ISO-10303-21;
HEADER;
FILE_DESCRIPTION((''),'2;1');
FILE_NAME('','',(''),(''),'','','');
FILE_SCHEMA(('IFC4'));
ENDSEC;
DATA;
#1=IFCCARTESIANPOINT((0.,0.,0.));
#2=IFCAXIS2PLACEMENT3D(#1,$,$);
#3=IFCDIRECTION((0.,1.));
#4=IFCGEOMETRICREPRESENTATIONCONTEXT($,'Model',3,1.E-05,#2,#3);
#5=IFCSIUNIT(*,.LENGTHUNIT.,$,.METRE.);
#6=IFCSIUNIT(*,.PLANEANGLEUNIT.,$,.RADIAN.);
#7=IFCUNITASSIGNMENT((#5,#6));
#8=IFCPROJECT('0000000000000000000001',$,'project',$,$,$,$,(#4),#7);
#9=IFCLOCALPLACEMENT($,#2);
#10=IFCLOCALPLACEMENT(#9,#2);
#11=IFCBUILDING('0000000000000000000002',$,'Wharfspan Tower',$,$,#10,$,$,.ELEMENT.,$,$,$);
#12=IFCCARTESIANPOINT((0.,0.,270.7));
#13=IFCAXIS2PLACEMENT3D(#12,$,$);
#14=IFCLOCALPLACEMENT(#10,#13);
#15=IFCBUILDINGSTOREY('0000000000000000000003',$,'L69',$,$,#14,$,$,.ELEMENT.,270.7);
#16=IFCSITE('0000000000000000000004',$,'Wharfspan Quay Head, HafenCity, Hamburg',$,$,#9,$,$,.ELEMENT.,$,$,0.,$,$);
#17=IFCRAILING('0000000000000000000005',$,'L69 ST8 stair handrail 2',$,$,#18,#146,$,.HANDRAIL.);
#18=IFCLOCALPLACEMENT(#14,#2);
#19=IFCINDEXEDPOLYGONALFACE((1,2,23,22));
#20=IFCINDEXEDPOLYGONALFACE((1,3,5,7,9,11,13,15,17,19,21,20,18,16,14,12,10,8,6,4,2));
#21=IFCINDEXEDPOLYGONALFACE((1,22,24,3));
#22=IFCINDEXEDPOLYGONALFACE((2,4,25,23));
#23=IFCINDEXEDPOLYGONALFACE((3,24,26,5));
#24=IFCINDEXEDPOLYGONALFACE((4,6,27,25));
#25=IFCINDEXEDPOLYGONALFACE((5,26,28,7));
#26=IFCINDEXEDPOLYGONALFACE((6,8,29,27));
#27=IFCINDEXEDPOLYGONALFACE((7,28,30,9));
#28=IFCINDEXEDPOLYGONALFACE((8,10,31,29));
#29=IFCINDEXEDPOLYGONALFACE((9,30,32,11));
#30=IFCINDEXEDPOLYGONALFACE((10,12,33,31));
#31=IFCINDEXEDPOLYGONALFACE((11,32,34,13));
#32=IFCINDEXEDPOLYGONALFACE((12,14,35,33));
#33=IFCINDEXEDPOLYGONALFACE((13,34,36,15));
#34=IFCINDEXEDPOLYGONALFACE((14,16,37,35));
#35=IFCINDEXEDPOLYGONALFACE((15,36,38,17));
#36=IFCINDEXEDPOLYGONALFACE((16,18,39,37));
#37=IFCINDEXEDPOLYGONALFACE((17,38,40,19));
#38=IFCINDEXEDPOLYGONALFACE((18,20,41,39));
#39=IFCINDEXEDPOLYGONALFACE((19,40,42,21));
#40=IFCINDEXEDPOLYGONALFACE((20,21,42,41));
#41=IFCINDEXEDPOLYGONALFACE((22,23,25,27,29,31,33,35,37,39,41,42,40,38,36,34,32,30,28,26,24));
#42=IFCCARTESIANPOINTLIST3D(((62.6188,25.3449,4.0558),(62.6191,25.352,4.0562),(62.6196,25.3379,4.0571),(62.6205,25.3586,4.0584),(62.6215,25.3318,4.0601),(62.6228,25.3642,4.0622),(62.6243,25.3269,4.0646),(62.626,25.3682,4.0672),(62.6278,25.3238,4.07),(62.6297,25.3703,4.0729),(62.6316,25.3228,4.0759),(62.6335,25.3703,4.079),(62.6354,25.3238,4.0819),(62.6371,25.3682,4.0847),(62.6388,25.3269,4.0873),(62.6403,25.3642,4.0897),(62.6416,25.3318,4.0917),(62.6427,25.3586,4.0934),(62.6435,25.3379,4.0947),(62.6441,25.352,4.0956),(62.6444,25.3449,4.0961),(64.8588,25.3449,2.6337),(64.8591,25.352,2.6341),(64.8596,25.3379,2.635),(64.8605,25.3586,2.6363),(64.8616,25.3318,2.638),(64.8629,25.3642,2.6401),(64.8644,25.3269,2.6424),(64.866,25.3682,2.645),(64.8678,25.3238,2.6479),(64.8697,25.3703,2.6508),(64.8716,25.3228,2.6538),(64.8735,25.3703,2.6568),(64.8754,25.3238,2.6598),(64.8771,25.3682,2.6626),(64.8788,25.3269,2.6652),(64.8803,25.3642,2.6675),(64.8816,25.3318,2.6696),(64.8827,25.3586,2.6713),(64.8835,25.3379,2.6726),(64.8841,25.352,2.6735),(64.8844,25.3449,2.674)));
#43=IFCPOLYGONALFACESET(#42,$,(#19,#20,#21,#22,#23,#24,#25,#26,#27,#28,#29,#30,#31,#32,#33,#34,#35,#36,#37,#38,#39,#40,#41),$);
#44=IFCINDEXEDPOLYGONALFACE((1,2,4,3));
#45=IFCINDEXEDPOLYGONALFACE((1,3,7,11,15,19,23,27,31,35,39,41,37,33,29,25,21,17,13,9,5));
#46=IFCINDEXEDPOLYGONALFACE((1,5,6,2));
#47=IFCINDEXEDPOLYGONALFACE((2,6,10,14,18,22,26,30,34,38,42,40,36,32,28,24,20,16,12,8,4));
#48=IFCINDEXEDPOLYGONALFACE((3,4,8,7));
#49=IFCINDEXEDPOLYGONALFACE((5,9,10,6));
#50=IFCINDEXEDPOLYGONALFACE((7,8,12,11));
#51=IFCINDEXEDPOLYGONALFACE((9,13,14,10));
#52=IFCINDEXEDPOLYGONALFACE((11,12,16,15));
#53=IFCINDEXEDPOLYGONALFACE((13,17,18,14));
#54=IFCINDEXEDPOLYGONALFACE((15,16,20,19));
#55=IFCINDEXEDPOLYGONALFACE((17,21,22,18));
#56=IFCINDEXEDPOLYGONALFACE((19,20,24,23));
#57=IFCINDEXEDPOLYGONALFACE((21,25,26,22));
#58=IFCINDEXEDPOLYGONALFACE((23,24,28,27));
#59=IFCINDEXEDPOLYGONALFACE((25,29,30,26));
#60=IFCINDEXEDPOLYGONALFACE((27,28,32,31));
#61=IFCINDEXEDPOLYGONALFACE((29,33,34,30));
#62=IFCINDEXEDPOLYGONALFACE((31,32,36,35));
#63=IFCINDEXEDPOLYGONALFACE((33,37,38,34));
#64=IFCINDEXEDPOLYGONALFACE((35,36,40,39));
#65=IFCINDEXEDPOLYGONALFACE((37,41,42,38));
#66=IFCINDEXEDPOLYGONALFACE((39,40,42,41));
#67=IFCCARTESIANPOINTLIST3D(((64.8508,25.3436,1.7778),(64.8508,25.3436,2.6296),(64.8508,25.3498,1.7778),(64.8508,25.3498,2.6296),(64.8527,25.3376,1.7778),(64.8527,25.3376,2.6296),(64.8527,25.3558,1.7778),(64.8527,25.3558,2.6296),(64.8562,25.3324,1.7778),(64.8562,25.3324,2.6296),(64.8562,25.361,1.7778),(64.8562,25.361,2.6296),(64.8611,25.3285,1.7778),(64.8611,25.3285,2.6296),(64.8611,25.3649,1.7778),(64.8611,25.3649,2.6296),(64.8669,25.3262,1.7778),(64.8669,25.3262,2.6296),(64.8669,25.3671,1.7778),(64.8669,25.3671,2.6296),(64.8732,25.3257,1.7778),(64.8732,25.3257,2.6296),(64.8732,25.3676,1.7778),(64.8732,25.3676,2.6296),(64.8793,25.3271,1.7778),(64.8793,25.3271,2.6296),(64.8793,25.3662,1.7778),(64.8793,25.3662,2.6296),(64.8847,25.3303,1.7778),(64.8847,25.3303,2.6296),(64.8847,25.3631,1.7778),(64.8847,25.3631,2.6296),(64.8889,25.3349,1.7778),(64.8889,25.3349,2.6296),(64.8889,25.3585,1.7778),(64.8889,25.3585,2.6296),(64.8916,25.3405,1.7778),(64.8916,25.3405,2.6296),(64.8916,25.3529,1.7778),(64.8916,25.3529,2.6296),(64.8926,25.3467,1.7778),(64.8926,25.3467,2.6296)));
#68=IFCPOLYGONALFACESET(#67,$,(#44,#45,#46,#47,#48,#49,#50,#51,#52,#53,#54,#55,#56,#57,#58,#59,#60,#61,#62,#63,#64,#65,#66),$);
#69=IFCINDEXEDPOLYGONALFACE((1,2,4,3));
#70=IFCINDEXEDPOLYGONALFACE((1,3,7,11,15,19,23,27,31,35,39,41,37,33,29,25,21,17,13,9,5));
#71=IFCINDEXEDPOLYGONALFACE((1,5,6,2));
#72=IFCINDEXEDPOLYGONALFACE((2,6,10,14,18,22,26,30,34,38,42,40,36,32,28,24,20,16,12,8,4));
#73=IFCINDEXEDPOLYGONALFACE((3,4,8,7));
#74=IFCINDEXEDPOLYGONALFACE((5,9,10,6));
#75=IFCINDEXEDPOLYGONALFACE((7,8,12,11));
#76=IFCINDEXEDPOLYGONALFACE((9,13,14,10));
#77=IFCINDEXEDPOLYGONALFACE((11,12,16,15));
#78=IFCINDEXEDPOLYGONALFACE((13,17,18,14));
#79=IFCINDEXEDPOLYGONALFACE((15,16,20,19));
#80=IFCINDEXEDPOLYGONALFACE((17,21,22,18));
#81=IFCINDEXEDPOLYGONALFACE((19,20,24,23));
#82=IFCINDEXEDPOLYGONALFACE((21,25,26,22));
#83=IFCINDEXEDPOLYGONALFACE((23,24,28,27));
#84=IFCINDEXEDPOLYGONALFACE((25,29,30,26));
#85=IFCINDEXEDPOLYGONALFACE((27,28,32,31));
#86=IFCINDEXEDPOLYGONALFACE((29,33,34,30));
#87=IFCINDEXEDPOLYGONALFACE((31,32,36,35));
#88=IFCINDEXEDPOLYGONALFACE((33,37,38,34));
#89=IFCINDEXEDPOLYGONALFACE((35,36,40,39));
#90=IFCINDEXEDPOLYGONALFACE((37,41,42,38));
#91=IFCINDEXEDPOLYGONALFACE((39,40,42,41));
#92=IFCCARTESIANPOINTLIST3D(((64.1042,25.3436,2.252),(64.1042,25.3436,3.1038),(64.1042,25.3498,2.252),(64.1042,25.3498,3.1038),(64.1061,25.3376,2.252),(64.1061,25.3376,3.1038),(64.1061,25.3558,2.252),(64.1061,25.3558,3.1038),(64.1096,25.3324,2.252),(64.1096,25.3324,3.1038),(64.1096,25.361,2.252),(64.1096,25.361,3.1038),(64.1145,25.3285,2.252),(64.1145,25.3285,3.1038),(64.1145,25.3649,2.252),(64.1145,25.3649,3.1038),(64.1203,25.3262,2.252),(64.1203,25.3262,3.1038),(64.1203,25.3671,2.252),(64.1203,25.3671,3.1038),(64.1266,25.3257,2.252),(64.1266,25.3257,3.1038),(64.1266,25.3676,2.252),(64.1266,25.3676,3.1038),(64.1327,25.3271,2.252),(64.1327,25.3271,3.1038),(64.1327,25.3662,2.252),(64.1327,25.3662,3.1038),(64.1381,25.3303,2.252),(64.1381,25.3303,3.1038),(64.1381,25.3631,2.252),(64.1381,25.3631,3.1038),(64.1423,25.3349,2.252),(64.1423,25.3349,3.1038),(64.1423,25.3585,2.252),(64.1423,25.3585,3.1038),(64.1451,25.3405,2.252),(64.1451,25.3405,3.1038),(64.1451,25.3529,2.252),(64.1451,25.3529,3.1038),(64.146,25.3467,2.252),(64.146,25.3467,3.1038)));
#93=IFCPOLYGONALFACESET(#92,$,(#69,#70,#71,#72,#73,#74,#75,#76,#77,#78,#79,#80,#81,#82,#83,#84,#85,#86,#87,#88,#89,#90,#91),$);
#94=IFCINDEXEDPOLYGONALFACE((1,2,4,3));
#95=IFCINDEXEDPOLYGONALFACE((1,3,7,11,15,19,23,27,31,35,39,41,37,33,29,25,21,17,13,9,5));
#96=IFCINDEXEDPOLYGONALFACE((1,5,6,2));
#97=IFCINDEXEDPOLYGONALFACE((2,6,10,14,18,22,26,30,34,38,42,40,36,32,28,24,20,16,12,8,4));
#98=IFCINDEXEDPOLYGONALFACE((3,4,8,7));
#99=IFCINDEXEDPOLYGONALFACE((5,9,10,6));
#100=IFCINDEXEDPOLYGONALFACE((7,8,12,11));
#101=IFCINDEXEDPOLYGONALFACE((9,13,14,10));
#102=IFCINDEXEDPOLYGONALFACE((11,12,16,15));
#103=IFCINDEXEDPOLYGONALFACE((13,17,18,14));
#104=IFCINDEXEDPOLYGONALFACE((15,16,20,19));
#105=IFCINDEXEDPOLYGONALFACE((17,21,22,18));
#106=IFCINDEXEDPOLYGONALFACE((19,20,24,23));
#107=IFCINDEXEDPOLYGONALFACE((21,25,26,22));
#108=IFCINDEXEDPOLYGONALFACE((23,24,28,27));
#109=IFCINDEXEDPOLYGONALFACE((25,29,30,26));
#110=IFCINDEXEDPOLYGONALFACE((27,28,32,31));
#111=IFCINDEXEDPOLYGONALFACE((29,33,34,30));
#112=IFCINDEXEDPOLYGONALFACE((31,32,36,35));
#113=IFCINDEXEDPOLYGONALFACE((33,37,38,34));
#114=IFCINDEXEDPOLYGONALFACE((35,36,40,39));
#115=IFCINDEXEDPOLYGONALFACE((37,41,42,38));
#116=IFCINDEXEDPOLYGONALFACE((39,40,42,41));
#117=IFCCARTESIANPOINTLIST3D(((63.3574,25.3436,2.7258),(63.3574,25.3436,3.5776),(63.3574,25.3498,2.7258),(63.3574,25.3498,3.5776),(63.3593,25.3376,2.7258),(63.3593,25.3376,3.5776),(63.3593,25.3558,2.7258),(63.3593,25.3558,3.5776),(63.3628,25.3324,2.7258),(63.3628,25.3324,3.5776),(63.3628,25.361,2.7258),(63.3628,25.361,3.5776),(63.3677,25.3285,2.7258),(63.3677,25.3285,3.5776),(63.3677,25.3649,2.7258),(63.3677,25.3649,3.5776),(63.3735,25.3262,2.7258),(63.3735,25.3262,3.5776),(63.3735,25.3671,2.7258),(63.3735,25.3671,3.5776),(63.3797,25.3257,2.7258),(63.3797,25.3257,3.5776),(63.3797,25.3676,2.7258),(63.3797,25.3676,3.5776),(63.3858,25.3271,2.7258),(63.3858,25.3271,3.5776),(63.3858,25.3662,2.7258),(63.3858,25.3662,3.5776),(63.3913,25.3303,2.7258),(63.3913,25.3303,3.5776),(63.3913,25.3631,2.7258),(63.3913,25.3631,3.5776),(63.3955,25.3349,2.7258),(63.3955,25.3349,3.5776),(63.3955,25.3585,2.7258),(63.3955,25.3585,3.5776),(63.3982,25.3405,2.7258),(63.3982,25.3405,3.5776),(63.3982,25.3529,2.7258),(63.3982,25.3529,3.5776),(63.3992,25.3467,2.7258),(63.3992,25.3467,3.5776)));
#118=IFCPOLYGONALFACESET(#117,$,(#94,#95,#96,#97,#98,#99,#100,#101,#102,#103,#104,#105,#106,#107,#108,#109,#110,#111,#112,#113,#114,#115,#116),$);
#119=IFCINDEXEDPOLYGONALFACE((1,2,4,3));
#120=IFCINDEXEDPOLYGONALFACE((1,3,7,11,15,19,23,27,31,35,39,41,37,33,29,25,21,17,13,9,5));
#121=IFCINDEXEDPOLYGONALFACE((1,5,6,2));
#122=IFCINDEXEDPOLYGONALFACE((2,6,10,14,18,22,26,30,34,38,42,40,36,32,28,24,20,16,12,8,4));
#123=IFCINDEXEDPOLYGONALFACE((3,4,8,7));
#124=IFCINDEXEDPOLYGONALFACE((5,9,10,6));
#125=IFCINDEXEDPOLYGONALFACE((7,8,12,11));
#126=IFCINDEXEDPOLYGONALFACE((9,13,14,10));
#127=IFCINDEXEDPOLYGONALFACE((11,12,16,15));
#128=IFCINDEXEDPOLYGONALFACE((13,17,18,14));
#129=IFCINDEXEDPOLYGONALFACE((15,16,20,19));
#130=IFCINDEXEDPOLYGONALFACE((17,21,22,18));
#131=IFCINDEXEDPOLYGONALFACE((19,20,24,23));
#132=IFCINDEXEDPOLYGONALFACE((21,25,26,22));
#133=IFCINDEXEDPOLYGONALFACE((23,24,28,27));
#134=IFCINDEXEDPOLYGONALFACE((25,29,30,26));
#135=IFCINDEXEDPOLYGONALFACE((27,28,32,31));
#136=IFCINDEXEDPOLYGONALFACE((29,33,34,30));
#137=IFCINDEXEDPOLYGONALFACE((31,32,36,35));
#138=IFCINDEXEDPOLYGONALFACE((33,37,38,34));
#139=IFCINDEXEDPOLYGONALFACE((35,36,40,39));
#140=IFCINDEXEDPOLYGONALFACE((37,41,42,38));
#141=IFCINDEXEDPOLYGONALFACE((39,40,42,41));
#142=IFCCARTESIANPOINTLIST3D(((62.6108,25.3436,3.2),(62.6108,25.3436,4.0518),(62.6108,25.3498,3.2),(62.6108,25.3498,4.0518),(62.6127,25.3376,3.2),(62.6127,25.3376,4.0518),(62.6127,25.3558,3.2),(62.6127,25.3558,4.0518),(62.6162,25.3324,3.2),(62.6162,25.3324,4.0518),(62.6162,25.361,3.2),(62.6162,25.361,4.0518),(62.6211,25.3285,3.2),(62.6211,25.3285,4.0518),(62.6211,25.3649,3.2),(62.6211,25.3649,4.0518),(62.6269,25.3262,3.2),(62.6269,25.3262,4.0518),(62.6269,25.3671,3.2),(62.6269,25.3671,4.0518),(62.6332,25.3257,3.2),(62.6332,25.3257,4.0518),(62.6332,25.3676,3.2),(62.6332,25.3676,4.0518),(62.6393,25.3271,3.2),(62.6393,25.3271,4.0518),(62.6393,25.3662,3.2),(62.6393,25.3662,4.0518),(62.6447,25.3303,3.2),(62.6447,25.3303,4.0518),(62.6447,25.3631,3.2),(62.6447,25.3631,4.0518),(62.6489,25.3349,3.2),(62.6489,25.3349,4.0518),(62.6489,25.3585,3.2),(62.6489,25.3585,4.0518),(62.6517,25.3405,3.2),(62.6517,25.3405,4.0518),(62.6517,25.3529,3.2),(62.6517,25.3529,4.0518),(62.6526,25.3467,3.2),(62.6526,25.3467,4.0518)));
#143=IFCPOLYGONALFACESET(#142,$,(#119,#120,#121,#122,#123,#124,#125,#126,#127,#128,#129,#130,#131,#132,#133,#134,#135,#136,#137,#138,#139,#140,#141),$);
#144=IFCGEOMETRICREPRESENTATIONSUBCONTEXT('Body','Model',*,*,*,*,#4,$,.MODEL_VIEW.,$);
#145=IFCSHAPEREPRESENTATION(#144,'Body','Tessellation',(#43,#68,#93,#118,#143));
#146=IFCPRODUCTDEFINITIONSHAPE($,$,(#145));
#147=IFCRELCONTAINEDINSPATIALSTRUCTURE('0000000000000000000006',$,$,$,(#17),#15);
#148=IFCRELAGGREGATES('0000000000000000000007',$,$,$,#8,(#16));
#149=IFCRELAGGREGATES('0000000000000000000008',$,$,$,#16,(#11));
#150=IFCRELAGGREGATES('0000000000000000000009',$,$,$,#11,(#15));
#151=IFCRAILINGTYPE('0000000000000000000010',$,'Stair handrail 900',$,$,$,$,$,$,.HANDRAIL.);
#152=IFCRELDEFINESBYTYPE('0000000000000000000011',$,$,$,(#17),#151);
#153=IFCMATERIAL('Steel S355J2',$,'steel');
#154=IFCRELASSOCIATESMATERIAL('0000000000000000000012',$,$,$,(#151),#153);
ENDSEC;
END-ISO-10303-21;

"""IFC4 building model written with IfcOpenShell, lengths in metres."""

from ifc_helpers import new_model, si_unit, direction, frame, origin, origin_2d, place, context, subcontext, project, spatial, circle, extrude, material, type_object, element, save


model = new_model("IFC4")

# Units and contexts
model_context = context("Model", 3, precision=1e-05, world=origin(), true_north=direction((0.0, 1.0)))
body_context = subcontext(model_context, "Body", "Model", "MODEL_VIEW")
ifc_project = project(units=[si_unit("LENGTHUNIT", "METRE"), si_unit("PLANEANGLEUNIT", "RADIAN")], contexts=[model_context])

# Site, building, storey
site_placement = place(None, origin())
site = spatial("IfcSite", under=ifc_project, at=site_placement, Name="Wharfspan Quay Head, HafenCity, Hamburg", CompositionType="ELEMENT", RefElevation=0.0)
building_placement = place(site_placement, origin())
building = spatial("IfcBuilding", under=site, at=building_placement, Name="Wharfspan Tower", CompositionType="ELEMENT")
storey_placement = place(building_placement, frame((0.0, 0.0, 270.7)))
storey = spatial("IfcBuildingStorey", under=building, at=storey_placement, Name="L69", CompositionType="ELEMENT", Elevation=270.7)

# Shared definitions
ifc_material_1 = material(Name="Steel S355J2", Category="steel")

# Railing
railing_type_1 = type_object("IfcRailingType", Name="Stair handrail 900", PredefinedType="HANDRAIL", material=ifc_material_1)
railing_1_placement = place(storey_placement, frame((64.8716, 25.3467, 1.7778)))
element("IfcRailing", 1, at=railing_1_placement, inside=storey, type_object=railing_type_1, Name="L69 ST8 stair handrail 2", PredefinedType="HANDRAIL", context=body_context, shape_type="SweptSolid", body=[
    extrude(circle(Radius=0.0239, at=origin_2d()), frame((0.0, 0.0, 0.876), z_axis=(-0.844229, 0.0, 0.535982), x_axis=(0.0, -1.0, 0.0)), (0.0, 0.0, 1.0), 2.6533),
    extrude(circle(Radius=0.021, at=origin_2d()), origin(), (0.0, 0.0, 1.0), 0.8518),
    extrude(circle(Radius=0.021, at=origin_2d()), frame((-0.7466, 0.0, 0.4741)), (0.0, 0.0, 1.0), 0.8518),
    extrude(circle(Radius=0.021, at=origin_2d()), frame((-1.4934, 0.0, 0.948)), (0.0, 0.0, 1.0), 0.8518),
    extrude(circle(Radius=0.021, at=origin_2d()), frame((-2.24, 0.0, 1.4221)), (0.0, 0.0, 1.0), 0.8518),
])

save(model, "model.ifc")
